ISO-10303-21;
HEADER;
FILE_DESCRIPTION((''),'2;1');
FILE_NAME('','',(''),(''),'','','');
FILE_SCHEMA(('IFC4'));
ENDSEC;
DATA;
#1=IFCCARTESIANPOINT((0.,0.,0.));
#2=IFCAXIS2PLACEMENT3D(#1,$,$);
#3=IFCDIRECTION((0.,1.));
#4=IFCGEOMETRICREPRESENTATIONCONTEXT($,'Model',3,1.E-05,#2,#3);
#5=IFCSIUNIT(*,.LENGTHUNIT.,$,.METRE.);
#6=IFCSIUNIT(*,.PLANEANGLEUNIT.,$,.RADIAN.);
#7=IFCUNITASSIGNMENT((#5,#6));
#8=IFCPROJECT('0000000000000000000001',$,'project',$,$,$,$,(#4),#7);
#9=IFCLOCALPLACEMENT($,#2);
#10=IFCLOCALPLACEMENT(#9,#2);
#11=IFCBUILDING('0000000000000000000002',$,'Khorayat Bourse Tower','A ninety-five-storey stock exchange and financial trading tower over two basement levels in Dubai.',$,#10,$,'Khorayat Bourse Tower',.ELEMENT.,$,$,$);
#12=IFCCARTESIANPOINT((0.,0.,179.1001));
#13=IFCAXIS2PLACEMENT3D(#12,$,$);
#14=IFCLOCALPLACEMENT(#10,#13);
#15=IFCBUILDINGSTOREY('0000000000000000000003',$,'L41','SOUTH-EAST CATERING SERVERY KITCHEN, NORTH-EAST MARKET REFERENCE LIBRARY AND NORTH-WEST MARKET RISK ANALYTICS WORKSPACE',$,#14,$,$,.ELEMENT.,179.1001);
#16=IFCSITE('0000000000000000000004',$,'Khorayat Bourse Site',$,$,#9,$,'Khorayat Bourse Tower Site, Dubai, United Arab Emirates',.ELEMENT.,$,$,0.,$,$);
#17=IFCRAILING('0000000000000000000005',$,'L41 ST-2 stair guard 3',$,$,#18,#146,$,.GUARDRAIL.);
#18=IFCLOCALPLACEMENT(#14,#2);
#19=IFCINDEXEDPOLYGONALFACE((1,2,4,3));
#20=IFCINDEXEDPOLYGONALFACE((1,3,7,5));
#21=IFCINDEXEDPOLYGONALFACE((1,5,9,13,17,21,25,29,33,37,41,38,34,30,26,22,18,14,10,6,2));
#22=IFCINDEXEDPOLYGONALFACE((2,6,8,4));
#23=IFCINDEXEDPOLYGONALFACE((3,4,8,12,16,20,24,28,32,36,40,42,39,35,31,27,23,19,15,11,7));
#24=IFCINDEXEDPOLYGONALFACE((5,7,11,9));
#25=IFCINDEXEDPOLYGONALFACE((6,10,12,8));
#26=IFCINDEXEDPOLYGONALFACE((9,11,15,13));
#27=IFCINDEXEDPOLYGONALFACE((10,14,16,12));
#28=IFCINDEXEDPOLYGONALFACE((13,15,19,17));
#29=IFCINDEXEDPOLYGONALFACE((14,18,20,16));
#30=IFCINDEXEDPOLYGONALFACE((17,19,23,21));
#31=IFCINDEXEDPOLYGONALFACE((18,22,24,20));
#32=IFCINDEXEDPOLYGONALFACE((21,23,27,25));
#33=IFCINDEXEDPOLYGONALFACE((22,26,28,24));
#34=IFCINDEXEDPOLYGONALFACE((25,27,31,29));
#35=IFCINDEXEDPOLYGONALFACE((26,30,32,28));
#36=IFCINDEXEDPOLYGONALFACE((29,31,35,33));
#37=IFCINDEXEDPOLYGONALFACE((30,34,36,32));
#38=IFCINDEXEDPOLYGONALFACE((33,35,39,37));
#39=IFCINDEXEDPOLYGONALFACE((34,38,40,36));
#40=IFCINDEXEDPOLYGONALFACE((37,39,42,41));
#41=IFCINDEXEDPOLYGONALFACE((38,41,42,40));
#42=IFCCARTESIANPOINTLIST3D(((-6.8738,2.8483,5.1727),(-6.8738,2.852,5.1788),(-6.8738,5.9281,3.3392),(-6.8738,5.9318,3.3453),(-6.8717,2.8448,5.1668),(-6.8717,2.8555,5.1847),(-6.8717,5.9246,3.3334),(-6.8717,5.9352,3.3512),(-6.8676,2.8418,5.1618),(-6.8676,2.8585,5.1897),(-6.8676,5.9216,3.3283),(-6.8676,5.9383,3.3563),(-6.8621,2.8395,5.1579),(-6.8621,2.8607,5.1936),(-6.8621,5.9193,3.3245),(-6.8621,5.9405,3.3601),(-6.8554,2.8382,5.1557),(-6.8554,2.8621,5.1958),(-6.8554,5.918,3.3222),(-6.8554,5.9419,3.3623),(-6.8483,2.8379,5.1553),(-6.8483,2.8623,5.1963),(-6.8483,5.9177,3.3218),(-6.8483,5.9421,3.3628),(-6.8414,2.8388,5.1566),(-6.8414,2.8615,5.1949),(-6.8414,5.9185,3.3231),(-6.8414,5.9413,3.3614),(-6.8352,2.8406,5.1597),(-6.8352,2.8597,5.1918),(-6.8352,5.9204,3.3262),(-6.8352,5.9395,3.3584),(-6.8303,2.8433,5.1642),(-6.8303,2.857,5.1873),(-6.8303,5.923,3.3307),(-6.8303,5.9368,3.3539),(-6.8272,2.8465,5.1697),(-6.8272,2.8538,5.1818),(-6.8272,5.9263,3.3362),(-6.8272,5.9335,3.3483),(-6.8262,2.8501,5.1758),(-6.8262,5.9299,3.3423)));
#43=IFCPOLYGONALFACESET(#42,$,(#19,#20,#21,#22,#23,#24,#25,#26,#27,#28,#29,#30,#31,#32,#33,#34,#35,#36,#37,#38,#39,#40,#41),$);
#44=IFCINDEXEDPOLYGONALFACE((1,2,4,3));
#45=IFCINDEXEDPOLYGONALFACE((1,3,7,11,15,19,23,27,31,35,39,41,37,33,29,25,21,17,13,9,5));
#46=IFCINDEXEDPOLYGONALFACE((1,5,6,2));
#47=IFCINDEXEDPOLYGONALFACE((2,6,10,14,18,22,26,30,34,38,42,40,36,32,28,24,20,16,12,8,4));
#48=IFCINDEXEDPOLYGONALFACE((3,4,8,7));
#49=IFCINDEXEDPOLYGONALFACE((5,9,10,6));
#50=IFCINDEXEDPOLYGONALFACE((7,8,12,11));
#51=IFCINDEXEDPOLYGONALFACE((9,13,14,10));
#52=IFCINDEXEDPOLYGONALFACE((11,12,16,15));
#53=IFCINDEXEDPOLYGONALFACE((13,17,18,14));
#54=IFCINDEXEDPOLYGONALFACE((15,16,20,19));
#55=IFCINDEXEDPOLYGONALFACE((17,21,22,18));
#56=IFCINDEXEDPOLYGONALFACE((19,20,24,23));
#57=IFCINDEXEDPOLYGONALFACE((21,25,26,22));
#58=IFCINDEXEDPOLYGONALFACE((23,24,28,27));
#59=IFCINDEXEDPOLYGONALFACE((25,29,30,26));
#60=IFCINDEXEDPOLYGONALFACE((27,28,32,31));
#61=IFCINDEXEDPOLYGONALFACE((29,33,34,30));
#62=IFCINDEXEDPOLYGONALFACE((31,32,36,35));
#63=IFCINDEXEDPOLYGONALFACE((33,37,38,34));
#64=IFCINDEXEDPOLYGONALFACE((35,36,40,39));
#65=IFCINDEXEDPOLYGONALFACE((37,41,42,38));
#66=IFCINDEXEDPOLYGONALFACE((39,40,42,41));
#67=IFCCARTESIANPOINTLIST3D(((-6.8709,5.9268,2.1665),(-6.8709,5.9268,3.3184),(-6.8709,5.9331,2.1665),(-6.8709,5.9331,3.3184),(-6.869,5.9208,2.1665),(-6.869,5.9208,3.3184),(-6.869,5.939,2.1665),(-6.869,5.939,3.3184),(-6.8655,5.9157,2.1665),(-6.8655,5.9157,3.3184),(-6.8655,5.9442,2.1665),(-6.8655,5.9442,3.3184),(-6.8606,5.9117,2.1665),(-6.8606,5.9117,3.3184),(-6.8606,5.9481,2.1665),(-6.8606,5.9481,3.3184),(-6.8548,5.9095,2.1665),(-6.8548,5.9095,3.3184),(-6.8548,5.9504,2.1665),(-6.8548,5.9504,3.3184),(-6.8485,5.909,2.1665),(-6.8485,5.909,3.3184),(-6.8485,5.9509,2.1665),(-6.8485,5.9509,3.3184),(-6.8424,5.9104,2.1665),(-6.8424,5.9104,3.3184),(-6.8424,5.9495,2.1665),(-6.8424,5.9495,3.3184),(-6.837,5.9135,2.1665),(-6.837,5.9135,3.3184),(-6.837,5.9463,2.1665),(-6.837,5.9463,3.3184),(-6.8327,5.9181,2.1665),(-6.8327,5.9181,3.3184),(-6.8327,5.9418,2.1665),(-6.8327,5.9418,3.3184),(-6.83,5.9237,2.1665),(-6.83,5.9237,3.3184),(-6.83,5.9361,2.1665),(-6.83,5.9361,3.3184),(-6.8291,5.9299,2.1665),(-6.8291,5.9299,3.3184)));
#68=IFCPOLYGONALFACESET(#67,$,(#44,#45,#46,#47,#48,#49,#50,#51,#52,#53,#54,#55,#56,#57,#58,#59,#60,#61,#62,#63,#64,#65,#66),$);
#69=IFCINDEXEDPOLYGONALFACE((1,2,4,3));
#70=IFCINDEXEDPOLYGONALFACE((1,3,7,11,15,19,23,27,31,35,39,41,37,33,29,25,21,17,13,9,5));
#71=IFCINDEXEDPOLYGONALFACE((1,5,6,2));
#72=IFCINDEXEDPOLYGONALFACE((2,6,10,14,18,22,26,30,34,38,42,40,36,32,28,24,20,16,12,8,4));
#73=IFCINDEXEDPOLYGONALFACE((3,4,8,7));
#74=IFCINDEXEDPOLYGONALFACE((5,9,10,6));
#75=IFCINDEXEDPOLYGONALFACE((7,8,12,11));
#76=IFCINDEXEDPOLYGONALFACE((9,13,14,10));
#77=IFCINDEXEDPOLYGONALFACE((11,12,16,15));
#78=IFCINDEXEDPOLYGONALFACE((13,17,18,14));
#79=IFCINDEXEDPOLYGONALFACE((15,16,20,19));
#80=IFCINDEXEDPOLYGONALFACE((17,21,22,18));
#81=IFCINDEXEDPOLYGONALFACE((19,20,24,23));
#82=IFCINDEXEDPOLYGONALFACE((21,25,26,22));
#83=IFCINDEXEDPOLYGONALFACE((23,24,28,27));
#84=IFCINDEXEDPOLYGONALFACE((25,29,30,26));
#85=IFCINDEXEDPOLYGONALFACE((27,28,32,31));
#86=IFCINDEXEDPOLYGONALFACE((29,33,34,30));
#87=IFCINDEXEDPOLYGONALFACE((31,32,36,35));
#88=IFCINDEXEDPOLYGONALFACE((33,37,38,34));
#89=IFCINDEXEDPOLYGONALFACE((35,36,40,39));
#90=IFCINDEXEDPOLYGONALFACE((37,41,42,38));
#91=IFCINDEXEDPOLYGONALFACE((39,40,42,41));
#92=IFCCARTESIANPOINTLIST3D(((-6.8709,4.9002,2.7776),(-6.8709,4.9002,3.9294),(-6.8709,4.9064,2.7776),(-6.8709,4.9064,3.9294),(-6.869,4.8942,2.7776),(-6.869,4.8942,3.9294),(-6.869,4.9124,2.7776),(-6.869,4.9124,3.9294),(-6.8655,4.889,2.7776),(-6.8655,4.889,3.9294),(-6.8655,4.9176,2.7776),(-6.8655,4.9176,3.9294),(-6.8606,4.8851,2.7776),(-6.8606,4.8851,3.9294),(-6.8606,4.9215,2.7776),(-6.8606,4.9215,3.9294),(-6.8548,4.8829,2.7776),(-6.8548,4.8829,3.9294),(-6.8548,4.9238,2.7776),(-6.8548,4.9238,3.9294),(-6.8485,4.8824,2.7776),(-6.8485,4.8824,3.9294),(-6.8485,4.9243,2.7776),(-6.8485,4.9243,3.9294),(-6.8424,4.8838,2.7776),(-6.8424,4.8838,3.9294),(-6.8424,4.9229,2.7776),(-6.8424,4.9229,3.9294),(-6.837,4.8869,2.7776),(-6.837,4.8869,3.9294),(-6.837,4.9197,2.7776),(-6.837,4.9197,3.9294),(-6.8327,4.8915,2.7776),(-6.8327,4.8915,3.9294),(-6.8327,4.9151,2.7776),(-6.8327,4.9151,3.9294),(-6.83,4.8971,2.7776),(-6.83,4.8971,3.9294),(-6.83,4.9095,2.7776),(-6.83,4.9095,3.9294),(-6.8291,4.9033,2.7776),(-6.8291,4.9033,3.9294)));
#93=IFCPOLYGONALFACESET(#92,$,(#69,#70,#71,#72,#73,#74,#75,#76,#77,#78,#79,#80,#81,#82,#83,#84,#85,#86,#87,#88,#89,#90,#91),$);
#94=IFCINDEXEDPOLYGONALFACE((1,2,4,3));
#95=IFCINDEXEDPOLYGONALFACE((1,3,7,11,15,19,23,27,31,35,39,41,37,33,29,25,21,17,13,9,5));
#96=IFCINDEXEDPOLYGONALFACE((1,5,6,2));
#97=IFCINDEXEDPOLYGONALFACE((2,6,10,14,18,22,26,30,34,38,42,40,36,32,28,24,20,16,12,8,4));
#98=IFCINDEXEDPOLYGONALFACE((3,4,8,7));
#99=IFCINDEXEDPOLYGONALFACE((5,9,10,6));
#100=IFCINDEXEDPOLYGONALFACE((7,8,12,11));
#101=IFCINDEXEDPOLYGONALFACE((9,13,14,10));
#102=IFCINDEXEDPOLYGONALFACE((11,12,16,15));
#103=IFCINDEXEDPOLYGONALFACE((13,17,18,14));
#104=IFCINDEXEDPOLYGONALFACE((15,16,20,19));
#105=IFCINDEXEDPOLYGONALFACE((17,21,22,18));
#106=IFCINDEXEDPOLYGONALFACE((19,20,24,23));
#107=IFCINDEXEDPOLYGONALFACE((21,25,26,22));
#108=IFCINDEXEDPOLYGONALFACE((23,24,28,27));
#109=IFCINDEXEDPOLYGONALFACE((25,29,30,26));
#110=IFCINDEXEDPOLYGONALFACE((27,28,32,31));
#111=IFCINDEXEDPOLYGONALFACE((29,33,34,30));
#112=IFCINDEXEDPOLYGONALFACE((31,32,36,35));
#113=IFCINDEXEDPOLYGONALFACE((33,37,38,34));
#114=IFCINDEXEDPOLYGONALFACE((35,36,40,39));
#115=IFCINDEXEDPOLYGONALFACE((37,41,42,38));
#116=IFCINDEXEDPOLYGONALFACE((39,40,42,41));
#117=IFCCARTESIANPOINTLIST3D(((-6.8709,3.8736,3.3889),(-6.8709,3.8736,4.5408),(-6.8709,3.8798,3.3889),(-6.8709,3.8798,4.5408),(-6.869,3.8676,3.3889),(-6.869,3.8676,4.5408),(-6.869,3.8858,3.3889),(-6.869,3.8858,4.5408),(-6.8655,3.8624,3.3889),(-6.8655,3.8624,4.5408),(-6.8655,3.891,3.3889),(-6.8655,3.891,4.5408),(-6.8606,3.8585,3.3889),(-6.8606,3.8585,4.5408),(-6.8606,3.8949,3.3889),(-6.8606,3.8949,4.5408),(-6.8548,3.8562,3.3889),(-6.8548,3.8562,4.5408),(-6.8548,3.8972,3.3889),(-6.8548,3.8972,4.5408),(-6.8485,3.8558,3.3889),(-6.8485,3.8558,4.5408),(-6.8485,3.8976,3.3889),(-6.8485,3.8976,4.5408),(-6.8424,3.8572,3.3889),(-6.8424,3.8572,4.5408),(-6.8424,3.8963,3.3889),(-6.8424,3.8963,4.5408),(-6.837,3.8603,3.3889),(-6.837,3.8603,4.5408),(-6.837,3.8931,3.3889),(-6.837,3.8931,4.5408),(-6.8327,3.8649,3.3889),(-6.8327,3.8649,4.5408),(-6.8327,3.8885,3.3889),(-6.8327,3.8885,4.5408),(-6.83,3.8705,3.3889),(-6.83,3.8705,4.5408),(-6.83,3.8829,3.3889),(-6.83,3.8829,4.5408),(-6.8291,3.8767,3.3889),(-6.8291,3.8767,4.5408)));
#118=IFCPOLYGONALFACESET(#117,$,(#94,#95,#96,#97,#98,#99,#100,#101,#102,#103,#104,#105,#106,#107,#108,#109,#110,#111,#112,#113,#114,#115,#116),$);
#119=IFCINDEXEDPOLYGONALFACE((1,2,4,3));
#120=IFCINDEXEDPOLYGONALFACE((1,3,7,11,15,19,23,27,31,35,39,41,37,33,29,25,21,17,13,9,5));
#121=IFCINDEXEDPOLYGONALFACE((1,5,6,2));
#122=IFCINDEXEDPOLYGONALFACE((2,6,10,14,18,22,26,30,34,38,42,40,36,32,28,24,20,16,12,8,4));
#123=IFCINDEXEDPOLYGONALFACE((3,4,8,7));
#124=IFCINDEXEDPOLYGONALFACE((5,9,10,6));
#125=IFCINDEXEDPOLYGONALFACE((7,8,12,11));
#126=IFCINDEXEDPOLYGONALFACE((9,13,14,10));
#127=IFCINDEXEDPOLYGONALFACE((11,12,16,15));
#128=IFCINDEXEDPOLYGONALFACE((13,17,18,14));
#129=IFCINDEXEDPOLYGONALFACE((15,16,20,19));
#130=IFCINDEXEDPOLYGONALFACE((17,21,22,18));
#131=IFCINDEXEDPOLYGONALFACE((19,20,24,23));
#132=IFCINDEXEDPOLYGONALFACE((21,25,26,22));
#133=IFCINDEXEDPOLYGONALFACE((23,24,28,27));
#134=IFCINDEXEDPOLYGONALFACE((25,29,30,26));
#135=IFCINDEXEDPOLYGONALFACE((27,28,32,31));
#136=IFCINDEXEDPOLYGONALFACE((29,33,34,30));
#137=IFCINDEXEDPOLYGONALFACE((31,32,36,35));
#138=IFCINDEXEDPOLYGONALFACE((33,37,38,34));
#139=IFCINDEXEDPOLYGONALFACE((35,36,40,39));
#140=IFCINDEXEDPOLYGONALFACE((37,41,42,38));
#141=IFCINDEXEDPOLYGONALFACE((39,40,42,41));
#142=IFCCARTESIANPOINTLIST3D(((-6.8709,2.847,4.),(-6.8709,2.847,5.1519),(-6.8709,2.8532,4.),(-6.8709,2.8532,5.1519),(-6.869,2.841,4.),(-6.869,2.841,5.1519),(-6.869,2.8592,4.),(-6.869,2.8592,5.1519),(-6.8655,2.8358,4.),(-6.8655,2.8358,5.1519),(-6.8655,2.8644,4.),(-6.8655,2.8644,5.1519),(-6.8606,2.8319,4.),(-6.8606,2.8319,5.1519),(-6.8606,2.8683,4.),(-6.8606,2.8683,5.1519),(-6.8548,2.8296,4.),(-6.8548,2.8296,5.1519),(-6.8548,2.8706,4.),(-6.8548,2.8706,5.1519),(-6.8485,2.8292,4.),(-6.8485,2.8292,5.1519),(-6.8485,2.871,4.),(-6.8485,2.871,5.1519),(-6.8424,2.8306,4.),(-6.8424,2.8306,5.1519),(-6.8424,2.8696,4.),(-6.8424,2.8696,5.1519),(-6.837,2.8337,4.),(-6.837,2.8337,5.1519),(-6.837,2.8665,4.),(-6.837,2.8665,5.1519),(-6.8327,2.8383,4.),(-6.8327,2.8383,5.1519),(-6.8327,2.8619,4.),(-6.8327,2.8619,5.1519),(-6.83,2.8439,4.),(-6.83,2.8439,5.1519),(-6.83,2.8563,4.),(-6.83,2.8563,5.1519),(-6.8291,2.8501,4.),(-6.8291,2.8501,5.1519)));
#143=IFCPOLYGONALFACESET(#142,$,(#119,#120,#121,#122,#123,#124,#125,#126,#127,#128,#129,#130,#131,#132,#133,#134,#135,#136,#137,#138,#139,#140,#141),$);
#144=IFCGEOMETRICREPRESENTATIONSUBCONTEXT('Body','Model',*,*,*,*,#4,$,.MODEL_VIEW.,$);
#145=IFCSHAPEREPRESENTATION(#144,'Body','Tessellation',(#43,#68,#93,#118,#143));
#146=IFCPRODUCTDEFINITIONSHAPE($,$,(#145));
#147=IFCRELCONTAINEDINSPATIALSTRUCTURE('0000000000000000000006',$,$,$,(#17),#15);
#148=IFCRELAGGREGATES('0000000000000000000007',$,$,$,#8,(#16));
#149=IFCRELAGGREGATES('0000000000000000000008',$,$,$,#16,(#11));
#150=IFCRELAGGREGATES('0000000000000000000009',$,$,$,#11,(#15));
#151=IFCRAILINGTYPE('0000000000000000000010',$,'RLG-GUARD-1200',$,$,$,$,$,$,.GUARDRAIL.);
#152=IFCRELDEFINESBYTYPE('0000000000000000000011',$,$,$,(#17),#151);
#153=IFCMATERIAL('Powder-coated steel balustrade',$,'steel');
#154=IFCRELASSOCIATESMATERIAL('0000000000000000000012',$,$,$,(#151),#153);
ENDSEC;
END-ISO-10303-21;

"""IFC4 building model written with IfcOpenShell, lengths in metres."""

from ifc_helpers import new_model, si_unit, direction, frame, origin, origin_2d, place, context, subcontext, project, spatial, circle, extrude, source, transform, mapped, material, type_object, element, save


model = new_model("IFC4")

# Units and contexts
model_context = context("Model", 3, precision=1e-05, world=origin(), true_north=direction((0.0, 1.0)))
body_context = subcontext(model_context, "Body", "Model", "MODEL_VIEW")
ifc_project = project(units=[si_unit("LENGTHUNIT", "METRE"), si_unit("PLANEANGLEUNIT", "RADIAN")], contexts=[model_context])

# Site, building, storey
site_placement = place(None, origin())
site = spatial("IfcSite", under=ifc_project, at=site_placement, Name="Khorayat Bourse Site", LongName="Khorayat Bourse Tower Site, Dubai, United Arab Emirates", CompositionType="ELEMENT", RefElevation=0.0)
building_placement = place(site_placement, origin())
building = spatial("IfcBuilding", under=site, at=building_placement, Name="Khorayat Bourse Tower", Description="A ninety-five-storey stock exchange and financial trading tower over two basement levels in Dubai.", LongName="Khorayat Bourse Tower", CompositionType="ELEMENT")
storey_placement = place(building_placement, frame((0.0, 0.0, 179.1001)))
storey = spatial("IfcBuildingStorey", under=building, at=storey_placement, Name="L41", Description="SOUTH-EAST CATERING SERVERY KITCHEN, NORTH-EAST MARKET REFERENCE LIBRARY AND NORTH-WEST MARKET RISK ANALYTICS WORKSPACE", CompositionType="ELEMENT", Elevation=179.1001)

# Railing
ifc_material_1 = material(Name="Powder-coated steel balustrade", Category="steel")
railing_type_1 = type_object("IfcRailingType", Name="RLG-GUARD-1200", PredefinedType="GUARDRAIL", material=ifc_material_1)
shared_shape_1 = source(origin(), body_context, "Body", "SweptSolid", [
    extrude(circle(Radius=0.0239, at=origin_2d()), frame((0.0, 0.0, 1.1758), z_axis=(0.0, -0.859261, 0.511538), x_axis=(1.0, 0.0, 0.0)), (0.0, 0.0, 1.0), 3.5842),
    extrude(circle(Radius=0.021, at=origin_2d()), origin(), (0.0, 0.0, 1.0), 1.1519),
    extrude(circle(Radius=0.021, at=origin_2d()), frame((0.0, -1.0266, 0.6111)), (0.0, 0.0, 1.0), 1.1519),
    extrude(circle(Radius=0.021, at=origin_2d()), frame((0.0, -2.0532, 1.2224)), (0.0, 0.0, 1.0), 1.1519),
    extrude(circle(Radius=0.021, at=origin_2d()), frame((0.0, -3.0798, 1.8335)), (0.0, 0.0, 1.0), 1.1519),
])
railing_1_placement = place(storey_placement, frame((-6.8501, 5.9299, 2.1665)))
element("IfcRailing", 1, at=railing_1_placement, inside=storey, type_object=railing_type_1, Name="L41 ST-2 stair guard 3", PredefinedType="GUARDRAIL", context=body_context, shape_type="MappedRepresentation", body=[
    mapped(shared_shape_1, transform((0.0, 0.0, 0.0), scale=1.0)),
])

save(model, "model.ifc")
